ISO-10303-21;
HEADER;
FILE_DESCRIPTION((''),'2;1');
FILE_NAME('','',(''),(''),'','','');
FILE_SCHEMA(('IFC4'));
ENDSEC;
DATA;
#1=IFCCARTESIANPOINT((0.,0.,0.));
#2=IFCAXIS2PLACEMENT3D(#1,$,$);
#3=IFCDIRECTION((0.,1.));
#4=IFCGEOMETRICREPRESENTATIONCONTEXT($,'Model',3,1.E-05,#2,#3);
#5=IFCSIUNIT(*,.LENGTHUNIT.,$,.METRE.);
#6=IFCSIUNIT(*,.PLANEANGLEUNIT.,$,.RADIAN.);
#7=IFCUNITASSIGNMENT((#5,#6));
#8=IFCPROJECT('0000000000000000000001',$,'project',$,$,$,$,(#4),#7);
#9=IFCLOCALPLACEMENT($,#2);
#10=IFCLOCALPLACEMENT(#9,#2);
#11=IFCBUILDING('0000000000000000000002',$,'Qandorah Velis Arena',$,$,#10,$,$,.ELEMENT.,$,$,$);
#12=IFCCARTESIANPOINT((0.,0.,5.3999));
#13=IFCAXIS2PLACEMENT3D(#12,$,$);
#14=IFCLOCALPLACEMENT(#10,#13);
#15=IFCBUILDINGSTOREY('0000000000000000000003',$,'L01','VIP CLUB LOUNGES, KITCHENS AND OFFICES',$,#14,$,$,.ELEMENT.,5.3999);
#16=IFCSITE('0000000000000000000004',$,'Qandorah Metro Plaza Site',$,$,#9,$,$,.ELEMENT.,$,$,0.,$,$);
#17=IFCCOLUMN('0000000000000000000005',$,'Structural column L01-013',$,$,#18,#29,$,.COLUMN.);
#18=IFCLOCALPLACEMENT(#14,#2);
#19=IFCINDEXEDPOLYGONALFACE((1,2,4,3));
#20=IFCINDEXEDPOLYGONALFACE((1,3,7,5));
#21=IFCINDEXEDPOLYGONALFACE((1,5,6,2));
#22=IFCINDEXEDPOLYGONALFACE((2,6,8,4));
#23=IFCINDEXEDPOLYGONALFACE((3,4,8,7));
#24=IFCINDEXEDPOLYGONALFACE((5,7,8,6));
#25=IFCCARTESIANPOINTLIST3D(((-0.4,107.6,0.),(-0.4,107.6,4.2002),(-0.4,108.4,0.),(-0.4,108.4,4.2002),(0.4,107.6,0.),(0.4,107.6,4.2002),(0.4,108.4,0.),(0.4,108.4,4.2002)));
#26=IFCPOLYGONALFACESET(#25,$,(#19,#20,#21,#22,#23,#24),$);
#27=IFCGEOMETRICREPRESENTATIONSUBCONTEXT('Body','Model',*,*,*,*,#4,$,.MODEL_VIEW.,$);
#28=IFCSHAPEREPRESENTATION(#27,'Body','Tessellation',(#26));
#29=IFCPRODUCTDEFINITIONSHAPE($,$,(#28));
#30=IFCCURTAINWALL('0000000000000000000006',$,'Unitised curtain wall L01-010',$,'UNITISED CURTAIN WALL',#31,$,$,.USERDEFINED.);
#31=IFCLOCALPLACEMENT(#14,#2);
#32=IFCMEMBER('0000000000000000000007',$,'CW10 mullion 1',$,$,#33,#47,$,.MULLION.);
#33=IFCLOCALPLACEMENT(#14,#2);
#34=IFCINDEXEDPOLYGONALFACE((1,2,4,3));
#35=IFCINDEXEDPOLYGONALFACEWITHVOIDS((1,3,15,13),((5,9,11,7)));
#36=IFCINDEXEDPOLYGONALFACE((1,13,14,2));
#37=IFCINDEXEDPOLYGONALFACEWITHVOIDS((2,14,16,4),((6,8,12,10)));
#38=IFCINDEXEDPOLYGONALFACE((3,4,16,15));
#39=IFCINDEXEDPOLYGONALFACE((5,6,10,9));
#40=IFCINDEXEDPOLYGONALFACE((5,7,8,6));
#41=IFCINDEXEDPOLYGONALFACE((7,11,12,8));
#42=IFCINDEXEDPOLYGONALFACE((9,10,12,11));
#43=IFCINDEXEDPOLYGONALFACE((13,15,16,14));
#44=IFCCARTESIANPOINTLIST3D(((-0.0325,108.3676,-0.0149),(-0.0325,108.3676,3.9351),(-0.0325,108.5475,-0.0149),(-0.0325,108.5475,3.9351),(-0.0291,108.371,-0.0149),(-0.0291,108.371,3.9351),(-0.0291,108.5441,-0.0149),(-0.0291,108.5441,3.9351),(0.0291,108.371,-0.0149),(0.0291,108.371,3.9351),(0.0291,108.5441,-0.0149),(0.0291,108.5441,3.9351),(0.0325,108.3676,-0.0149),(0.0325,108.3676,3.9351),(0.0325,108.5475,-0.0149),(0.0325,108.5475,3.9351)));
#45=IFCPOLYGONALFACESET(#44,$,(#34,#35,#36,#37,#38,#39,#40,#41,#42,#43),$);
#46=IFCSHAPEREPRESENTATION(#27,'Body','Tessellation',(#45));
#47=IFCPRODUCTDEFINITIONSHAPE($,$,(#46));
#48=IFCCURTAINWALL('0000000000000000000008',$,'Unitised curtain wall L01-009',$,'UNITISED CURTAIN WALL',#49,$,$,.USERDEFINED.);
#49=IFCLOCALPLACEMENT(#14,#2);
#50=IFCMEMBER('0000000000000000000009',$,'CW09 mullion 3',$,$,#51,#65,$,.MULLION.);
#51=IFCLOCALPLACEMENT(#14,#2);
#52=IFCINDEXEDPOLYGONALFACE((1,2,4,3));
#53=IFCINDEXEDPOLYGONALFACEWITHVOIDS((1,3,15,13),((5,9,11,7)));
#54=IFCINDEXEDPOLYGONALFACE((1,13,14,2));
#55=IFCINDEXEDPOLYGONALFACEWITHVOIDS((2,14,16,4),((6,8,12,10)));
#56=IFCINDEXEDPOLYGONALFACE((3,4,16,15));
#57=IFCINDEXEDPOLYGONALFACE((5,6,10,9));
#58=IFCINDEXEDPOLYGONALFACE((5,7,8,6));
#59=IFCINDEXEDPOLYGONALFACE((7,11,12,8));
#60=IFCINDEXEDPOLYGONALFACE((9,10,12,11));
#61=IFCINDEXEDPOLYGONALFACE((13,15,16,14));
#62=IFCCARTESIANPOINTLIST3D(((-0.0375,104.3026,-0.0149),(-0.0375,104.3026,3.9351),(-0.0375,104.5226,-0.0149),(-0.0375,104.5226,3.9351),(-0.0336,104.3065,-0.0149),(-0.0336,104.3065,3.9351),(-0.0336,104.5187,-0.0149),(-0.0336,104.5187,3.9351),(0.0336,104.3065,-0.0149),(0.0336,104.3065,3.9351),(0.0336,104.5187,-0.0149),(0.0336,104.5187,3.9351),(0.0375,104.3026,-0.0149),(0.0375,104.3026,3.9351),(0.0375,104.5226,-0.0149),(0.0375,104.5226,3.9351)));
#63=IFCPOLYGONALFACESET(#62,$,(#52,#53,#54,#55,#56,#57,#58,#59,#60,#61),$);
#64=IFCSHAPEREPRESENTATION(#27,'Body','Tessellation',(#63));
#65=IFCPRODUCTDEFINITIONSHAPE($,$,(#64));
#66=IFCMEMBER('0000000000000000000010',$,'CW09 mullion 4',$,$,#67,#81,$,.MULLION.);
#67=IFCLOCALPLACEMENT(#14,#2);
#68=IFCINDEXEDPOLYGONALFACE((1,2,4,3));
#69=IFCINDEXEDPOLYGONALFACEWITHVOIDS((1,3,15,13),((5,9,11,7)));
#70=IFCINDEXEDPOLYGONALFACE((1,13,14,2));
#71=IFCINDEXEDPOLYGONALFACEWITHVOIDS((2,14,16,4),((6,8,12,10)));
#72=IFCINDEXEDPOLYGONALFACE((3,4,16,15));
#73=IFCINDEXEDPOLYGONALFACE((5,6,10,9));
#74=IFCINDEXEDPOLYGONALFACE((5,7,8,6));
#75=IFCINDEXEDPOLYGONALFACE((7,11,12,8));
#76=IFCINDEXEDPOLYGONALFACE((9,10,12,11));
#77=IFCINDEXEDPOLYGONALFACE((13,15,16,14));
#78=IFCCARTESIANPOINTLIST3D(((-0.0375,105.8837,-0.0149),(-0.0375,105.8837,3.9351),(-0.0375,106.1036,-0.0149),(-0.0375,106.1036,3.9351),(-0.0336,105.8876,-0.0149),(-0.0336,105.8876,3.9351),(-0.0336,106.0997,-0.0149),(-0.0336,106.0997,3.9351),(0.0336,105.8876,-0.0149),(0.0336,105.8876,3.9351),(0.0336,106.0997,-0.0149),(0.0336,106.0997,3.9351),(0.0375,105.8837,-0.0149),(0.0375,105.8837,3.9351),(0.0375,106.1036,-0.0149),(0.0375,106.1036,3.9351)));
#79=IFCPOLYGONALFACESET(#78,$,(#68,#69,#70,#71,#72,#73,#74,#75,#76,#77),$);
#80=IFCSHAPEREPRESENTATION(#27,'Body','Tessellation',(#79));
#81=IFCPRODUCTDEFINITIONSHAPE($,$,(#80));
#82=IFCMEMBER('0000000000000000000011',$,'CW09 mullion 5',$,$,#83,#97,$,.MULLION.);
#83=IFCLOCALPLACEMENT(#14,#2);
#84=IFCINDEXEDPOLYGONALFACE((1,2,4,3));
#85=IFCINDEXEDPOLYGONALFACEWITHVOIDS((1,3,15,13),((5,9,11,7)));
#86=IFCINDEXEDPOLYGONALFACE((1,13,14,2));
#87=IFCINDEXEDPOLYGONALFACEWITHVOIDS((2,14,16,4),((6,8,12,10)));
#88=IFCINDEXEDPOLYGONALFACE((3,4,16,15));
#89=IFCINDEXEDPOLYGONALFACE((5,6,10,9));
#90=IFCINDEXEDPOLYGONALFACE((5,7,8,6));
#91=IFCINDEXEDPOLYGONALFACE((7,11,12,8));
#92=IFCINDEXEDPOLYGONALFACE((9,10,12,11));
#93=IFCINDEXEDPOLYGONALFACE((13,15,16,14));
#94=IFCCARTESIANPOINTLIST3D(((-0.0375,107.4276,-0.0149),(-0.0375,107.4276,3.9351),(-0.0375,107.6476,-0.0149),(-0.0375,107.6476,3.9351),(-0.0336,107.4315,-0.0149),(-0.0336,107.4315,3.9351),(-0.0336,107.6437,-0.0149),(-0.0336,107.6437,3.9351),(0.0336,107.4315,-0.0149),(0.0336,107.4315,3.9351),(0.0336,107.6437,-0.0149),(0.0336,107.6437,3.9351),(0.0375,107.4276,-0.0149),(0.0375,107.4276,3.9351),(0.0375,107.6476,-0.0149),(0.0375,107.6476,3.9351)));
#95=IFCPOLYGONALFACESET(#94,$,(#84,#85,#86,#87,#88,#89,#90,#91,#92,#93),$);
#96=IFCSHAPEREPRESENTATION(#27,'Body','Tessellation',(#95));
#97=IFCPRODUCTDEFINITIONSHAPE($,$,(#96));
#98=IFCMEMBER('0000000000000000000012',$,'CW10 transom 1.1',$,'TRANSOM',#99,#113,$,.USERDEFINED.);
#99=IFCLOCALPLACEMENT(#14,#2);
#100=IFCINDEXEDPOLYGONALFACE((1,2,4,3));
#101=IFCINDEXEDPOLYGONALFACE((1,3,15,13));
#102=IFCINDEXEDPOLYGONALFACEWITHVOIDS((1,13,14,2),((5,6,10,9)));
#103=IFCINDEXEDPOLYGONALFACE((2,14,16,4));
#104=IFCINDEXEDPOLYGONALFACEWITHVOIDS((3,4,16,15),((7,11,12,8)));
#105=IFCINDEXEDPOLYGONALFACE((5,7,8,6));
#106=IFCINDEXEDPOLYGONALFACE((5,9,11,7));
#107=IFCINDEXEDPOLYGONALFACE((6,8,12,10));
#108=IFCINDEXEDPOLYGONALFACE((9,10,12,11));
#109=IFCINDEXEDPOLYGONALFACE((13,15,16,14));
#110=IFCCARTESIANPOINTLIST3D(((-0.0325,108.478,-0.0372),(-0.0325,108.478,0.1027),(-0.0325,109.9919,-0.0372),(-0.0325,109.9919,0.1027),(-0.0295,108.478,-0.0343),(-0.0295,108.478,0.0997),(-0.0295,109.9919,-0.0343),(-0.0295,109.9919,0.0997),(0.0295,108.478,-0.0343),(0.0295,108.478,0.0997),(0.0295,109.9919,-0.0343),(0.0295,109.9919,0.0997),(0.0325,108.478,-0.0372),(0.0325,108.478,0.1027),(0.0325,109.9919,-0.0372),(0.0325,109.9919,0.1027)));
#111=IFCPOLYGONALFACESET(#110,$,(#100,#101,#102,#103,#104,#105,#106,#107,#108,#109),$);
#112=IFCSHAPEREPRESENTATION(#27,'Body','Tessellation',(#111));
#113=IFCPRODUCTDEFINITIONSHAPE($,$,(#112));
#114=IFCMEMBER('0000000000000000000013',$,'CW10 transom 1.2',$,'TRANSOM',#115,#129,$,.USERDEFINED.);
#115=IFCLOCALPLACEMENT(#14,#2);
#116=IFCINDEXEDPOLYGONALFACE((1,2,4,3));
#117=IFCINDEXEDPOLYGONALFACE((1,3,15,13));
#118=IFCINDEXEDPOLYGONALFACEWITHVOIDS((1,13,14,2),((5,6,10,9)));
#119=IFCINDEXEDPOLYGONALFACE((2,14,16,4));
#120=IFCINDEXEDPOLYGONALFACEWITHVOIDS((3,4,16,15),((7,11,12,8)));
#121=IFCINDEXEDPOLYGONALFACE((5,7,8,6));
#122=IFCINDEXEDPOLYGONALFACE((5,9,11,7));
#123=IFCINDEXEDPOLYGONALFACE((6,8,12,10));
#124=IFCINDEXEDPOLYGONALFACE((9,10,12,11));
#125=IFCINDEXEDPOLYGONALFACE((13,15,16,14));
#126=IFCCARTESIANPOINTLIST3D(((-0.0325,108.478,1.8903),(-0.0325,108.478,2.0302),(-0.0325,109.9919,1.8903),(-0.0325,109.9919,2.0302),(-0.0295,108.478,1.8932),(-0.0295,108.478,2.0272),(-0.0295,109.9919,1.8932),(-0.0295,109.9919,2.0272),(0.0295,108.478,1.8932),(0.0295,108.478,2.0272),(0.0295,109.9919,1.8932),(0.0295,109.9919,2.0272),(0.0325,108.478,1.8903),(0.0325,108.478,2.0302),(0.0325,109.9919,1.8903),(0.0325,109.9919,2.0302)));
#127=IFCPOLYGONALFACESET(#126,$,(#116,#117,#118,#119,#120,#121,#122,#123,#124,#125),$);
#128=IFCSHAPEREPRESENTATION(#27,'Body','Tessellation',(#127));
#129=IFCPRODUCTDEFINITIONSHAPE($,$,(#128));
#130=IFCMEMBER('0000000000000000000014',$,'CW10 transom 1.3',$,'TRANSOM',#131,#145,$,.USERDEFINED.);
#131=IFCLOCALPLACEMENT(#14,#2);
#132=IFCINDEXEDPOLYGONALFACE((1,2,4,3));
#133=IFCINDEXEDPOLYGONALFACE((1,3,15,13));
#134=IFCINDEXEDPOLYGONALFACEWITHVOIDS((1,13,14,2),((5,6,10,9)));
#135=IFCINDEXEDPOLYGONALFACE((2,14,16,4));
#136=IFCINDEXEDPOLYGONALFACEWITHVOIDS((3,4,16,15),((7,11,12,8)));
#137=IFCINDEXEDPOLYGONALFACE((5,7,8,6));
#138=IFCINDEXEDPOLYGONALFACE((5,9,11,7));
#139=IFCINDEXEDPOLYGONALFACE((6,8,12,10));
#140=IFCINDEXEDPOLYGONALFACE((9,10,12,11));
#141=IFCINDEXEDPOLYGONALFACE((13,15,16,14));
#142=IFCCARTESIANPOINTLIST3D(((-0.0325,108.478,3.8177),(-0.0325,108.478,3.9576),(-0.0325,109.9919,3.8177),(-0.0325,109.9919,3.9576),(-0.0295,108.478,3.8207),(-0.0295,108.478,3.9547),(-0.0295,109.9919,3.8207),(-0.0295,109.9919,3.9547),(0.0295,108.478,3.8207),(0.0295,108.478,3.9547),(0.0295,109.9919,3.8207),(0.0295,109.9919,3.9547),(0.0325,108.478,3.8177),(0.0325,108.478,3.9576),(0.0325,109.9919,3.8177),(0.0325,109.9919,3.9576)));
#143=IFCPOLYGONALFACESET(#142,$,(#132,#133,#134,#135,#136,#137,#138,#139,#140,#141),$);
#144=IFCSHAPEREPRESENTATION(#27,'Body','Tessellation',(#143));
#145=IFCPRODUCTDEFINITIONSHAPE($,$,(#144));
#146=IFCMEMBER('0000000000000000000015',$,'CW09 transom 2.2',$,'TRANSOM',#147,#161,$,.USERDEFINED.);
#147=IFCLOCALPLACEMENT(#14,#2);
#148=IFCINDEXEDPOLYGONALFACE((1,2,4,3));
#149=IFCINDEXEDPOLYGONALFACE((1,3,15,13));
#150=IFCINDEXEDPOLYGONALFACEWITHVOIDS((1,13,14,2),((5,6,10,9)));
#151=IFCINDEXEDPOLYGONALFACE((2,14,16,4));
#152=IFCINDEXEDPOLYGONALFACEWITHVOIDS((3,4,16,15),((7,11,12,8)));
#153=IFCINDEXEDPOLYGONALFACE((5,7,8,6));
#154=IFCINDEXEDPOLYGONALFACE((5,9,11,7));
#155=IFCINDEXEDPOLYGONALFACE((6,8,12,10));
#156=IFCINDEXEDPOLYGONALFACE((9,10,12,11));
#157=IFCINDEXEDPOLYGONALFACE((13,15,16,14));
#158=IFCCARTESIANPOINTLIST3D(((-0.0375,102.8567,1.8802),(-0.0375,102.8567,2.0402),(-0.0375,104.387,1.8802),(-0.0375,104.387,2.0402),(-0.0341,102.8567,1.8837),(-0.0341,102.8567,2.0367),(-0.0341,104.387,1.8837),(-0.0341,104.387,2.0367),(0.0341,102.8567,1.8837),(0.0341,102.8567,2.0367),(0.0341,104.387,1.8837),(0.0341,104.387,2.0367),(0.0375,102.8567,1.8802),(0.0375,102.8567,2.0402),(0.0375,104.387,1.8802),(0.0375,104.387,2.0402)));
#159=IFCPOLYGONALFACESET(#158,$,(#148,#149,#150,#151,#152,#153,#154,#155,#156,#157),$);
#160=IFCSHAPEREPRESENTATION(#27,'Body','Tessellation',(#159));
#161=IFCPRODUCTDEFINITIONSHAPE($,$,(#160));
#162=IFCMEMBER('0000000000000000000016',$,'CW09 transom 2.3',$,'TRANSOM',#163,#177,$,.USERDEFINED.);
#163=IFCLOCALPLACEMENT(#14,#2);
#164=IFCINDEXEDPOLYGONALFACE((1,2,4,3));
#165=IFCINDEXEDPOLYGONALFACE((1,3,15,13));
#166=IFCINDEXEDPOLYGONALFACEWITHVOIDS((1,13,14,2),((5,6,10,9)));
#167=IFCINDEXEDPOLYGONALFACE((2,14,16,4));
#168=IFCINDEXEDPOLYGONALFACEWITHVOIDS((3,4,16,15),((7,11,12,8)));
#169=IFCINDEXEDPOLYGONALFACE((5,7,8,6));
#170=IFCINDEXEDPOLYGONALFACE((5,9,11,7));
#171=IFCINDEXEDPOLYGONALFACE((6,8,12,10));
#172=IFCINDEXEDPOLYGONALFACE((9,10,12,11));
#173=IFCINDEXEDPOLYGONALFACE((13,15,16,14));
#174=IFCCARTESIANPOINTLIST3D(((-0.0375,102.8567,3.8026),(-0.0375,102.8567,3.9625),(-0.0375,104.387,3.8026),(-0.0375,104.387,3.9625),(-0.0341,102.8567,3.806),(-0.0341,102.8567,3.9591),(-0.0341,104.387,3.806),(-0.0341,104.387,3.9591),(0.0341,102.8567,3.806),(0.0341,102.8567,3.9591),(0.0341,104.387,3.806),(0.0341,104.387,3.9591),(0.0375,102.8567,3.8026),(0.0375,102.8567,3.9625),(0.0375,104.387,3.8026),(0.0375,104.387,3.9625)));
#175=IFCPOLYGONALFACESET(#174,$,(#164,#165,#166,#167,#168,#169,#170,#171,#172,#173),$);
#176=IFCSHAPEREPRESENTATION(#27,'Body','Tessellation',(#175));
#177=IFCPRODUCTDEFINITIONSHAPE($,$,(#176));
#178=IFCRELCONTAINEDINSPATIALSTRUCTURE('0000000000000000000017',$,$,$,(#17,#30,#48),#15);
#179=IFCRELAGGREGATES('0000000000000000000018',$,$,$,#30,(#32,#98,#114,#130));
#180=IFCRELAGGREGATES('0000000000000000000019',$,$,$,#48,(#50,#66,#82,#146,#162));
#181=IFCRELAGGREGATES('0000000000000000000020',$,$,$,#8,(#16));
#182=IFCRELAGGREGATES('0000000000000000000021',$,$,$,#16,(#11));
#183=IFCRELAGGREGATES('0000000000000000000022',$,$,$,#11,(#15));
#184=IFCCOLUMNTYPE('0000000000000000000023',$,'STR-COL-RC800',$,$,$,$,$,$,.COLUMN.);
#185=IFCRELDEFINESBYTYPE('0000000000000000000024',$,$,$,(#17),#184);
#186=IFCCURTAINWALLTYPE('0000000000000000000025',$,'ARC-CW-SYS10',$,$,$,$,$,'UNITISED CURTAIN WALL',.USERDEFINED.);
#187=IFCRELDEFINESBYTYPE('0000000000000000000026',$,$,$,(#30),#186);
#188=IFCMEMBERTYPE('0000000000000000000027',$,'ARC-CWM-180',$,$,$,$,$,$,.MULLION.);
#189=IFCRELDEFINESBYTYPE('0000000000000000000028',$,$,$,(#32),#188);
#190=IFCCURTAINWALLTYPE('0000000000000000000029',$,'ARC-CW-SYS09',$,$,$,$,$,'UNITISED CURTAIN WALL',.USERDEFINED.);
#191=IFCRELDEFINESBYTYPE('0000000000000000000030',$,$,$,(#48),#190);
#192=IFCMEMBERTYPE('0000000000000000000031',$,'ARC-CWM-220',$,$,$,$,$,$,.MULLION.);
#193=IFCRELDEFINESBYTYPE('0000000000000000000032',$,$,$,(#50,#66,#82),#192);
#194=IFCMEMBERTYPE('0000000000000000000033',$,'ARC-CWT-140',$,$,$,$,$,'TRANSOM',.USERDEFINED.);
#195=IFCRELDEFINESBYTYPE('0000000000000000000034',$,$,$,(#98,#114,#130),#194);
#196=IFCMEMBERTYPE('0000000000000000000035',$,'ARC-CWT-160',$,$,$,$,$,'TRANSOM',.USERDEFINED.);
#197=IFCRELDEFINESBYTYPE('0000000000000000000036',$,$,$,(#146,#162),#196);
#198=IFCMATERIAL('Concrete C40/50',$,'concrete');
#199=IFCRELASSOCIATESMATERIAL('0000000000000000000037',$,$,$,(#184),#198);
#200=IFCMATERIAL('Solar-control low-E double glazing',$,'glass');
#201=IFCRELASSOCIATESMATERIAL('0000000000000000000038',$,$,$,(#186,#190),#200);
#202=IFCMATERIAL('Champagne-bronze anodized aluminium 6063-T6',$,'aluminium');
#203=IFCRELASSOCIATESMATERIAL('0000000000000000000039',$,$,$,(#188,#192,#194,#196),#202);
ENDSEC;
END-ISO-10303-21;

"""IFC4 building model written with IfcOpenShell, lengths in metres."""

from ifc_helpers import new_model, si_unit, direction, frame, origin, origin_2d, place, context, subcontext, project, spatial, rectangle, hollow_rectangle, extrude, material, material_profile, profile_set, type_object, element, aggregate, save


model = new_model("IFC4")

# Units and contexts
model_context = context("Model", 3, precision=1e-05, world=origin(), true_north=direction((0.0, 1.0)))
body_context = subcontext(model_context, "Body", "Model", "MODEL_VIEW")
ifc_project = project(units=[si_unit("LENGTHUNIT", "METRE"), si_unit("PLANEANGLEUNIT", "RADIAN")], contexts=[model_context])

# Site, building, storey
site_placement = place(None, origin())
site = spatial("IfcSite", under=ifc_project, at=site_placement, Name="Qandorah Metro Plaza Site", CompositionType="ELEMENT", RefElevation=0.0)
building_placement = place(site_placement, origin())
building = spatial("IfcBuilding", under=site, at=building_placement, Name="Qandorah Velis Arena", CompositionType="ELEMENT")
storey_placement = place(building_placement, frame((0.0, 0.0, 5.3999)))
storey = spatial("IfcBuildingStorey", under=building, at=storey_placement, Name="L01", Description="VIP CLUB LOUNGES, KITCHENS AND OFFICES", CompositionType="ELEMENT", Elevation=5.3999)

# Column
ifc_material_1 = material(Name="Concrete C40/50", Category="concrete")
ifc_material_profile_1 = material_profile(ifc_material_1, rectangle(XDim=0.8, YDim=0.8, at=origin_2d()), Name="RC COL 800x800")
ifc_profile_set_1 = profile_set([ifc_material_profile_1], Name="Concrete C40/50")
column_type = type_object("IfcColumnType", Name="STR-COL-RC800", PredefinedType="COLUMN", material=ifc_profile_set_1)
column_placement = place(storey_placement, frame((0.0, 108.0, 0.0), z_axis=(0.0, 0.0, 1.0), x_axis=(1.0, 0.0, 0.0)))
element("IfcColumn", 1, at=column_placement, inside=storey, type_object=column_type, Name="Structural column L01-013", PredefinedType="COLUMN", context=body_context, shape_type="SweptSolid", body=[
    extrude(rectangle(XDim=0.8, YDim=0.8, at=origin_2d()), origin(), (0.0, 0.0, 1.0), 4.2002),
])

# Curtain wall, member
ifc_material_2 = material(Name="Solar-control low-E double glazing", Category="glass")
curtain_wall_type_1 = type_object("IfcCurtainWallType", Name="ARC-CW-SYS10", ElementType="UNITISED CURTAIN WALL", PredefinedType="USERDEFINED", material=ifc_material_2)
curtain_wall_1_placement = place(storey_placement, origin())
curtain_wall_1 = element("IfcCurtainWall", 2, at=curtain_wall_1_placement, inside=storey, type_object=curtain_wall_type_1, Name="Unitised curtain wall L01-010", ObjectType="UNITISED CURTAIN WALL", PredefinedType="USERDEFINED")
ifc_material_3 = material(Name="Champagne-bronze anodized aluminium 6063-T6", Category="aluminium")
ifc_material_profile_2 = material_profile(ifc_material_3, hollow_rectangle(XDim=0.0649, YDim=0.1799, WallThickness=0.0034, at=origin_2d()), Name="ALU MULLION 65x180")
ifc_profile_set_2 = profile_set([ifc_material_profile_2], Name="Champagne-bronze anodized aluminium 6063-T6")
member_type_1 = type_object("IfcMemberType", Name="ARC-CWM-180", PredefinedType="MULLION", material=ifc_profile_set_2)
member_1_placement = place(storey_placement, frame((0.0, 108.4575, -0.0149), z_axis=(0.0, 0.0, 1.0), x_axis=(-1.0, 0.0, 0.0)))
member_1 = element("IfcMember", 3, at=member_1_placement, type_object=member_type_1, Name="CW10 mullion 1", PredefinedType="MULLION", context=body_context, shape_type="SweptSolid", body=[
    extrude(hollow_rectangle(XDim=0.0649, YDim=0.1799, WallThickness=0.0034, at=origin_2d()), origin(), (0.0, 0.0, 1.0), 3.95),
])

# Curtain wall, members
curtain_wall_type_2 = type_object("IfcCurtainWallType", Name="ARC-CW-SYS09", ElementType="UNITISED CURTAIN WALL", PredefinedType="USERDEFINED", material=ifc_material_2)
curtain_wall_2_placement = place(storey_placement, origin())
curtain_wall_2 = element("IfcCurtainWall", 4, at=curtain_wall_2_placement, inside=storey, type_object=curtain_wall_type_2, Name="Unitised curtain wall L01-009", ObjectType="UNITISED CURTAIN WALL", PredefinedType="USERDEFINED")
ifc_material_profile_3 = material_profile(ifc_material_3, hollow_rectangle(XDim=0.075, YDim=0.22, WallThickness=0.0039, at=origin_2d()), Name="ALU MULLION 75x220")
ifc_profile_set_3 = profile_set([ifc_material_profile_3], Name="Champagne-bronze anodized aluminium 6063-T6")
member_type_2 = type_object("IfcMemberType", Name="ARC-CWM-220", PredefinedType="MULLION", material=ifc_profile_set_3)
member_2_placement = place(storey_placement, frame((0.0, 104.4126, -0.0149), z_axis=(0.0, 0.0, 1.0), x_axis=(-1.0, 0.0, 0.0)))
member_2 = element("IfcMember", 5, at=member_2_placement, type_object=member_type_2, Name="CW09 mullion 3", PredefinedType="MULLION", context=body_context, shape_type="SweptSolid", body=[
    extrude(hollow_rectangle(XDim=0.075, YDim=0.22, WallThickness=0.0039, at=origin_2d()), origin(), (0.0, 0.0, 1.0), 3.95),
])
member_3_placement = place(storey_placement, frame((0.0, 105.9937, -0.0149), z_axis=(0.0, 0.0, 1.0), x_axis=(-1.0, 0.0, 0.0)))
member_3 = element("IfcMember", 6, at=member_3_placement, type_object=member_type_2, Name="CW09 mullion 4", PredefinedType="MULLION", context=body_context, shape_type="SweptSolid", body=[
    extrude(hollow_rectangle(XDim=0.075, YDim=0.22, WallThickness=0.0039, at=origin_2d()), origin(), (0.0, 0.0, 1.0), 3.95),
])
member_4_placement = place(storey_placement, frame((0.0, 107.5376, -0.0149), z_axis=(0.0, 0.0, 1.0), x_axis=(-1.0, 0.0, 0.0)))
member_4 = element("IfcMember", 7, at=member_4_placement, type_object=member_type_2, Name="CW09 mullion 5", PredefinedType="MULLION", context=body_context, shape_type="SweptSolid", body=[
    extrude(hollow_rectangle(XDim=0.075, YDim=0.22, WallThickness=0.0039, at=origin_2d()), origin(), (0.0, 0.0, 1.0), 3.95),
])

# Members
ifc_material_profile_4 = material_profile(ifc_material_3, hollow_rectangle(XDim=0.0649, YDim=0.1399, WallThickness=0.0029, at=origin_2d()), Name="ALU TRANSOM 65x140")
ifc_profile_set_4 = profile_set([ifc_material_profile_4], Name="Champagne-bronze anodized aluminium 6063-T6")
member_type_3 = type_object("IfcMemberType", Name="ARC-CWT-140", ElementType="TRANSOM", PredefinedType="USERDEFINED", material=ifc_profile_set_4)
member_5_placement = place(storey_placement, frame((0.0, 108.478, 0.0327), z_axis=(0.0, 1.0, 0.0), x_axis=(-1.0, 0.0, 0.0)))
member_5 = element("IfcMember", 8, at=member_5_placement, type_object=member_type_3, Name="CW10 transom 1.1", ObjectType="TRANSOM", PredefinedType="USERDEFINED", context=body_context, shape_type="SweptSolid", body=[
    extrude(hollow_rectangle(XDim=0.0649, YDim=0.1399, WallThickness=0.0029, at=origin_2d()), origin(), (0.0, 0.0, 1.0), 1.5139),
])
member_6_placement = place(storey_placement, frame((0.0, 108.478, 1.9602), z_axis=(0.0, 1.0, 0.0), x_axis=(-1.0, 0.0, 0.0)))
member_6 = element("IfcMember", 9, at=member_6_placement, type_object=member_type_3, Name="CW10 transom 1.2", ObjectType="TRANSOM", PredefinedType="USERDEFINED", context=body_context, shape_type="SweptSolid", body=[
    extrude(hollow_rectangle(XDim=0.0649, YDim=0.1399, WallThickness=0.0029, at=origin_2d()), origin(), (0.0, 0.0, 1.0), 1.5139),
])
member_7_placement = place(storey_placement, frame((0.0, 108.478, 3.8877), z_axis=(0.0, 1.0, 0.0), x_axis=(-1.0, 0.0, 0.0)))
member_7 = element("IfcMember", 10, at=member_7_placement, type_object=member_type_3, Name="CW10 transom 1.3", ObjectType="TRANSOM", PredefinedType="USERDEFINED", context=body_context, shape_type="SweptSolid", body=[
    extrude(hollow_rectangle(XDim=0.0649, YDim=0.1399, WallThickness=0.0029, at=origin_2d()), origin(), (0.0, 0.0, 1.0), 1.5139),
])
aggregate(curtain_wall_1, [member_1, member_5, member_6, member_7])
ifc_material_profile_5 = material_profile(ifc_material_3, hollow_rectangle(XDim=0.075, YDim=0.1599, WallThickness=0.0034, at=origin_2d()), Name="ALU TRANSOM 75x160")
ifc_profile_set_5 = profile_set([ifc_material_profile_5], Name="Champagne-bronze anodized aluminium 6063-T6")
member_type_4 = type_object("IfcMemberType", Name="ARC-CWT-160", ElementType="TRANSOM", PredefinedType="USERDEFINED", material=ifc_profile_set_5)
member_8_placement = place(storey_placement, frame((0.0, 102.8567, 1.9602), z_axis=(0.0, 1.0, 0.0), x_axis=(-1.0, 0.0, 0.0)))
member_8 = element("IfcMember", 11, at=member_8_placement, type_object=member_type_4, Name="CW09 transom 2.2", ObjectType="TRANSOM", PredefinedType="USERDEFINED", context=body_context, shape_type="SweptSolid", body=[
    extrude(hollow_rectangle(XDim=0.075, YDim=0.1599, WallThickness=0.0034, at=origin_2d()), origin(), (0.0, 0.0, 1.0), 1.5303),
])
member_9_placement = place(storey_placement, frame((0.0, 102.8567, 3.8826), z_axis=(0.0, 1.0, 0.0), x_axis=(-1.0, 0.0, 0.0)))
member_9 = element("IfcMember", 12, at=member_9_placement, type_object=member_type_4, Name="CW09 transom 2.3", ObjectType="TRANSOM", PredefinedType="USERDEFINED", context=body_context, shape_type="SweptSolid", body=[
    extrude(hollow_rectangle(XDim=0.075, YDim=0.1599, WallThickness=0.0034, at=origin_2d()), origin(), (0.0, 0.0, 1.0), 1.5303),
])

aggregate(curtain_wall_2, [member_2, member_3, member_4, member_8, member_9])

save(model, "model.ifc")
